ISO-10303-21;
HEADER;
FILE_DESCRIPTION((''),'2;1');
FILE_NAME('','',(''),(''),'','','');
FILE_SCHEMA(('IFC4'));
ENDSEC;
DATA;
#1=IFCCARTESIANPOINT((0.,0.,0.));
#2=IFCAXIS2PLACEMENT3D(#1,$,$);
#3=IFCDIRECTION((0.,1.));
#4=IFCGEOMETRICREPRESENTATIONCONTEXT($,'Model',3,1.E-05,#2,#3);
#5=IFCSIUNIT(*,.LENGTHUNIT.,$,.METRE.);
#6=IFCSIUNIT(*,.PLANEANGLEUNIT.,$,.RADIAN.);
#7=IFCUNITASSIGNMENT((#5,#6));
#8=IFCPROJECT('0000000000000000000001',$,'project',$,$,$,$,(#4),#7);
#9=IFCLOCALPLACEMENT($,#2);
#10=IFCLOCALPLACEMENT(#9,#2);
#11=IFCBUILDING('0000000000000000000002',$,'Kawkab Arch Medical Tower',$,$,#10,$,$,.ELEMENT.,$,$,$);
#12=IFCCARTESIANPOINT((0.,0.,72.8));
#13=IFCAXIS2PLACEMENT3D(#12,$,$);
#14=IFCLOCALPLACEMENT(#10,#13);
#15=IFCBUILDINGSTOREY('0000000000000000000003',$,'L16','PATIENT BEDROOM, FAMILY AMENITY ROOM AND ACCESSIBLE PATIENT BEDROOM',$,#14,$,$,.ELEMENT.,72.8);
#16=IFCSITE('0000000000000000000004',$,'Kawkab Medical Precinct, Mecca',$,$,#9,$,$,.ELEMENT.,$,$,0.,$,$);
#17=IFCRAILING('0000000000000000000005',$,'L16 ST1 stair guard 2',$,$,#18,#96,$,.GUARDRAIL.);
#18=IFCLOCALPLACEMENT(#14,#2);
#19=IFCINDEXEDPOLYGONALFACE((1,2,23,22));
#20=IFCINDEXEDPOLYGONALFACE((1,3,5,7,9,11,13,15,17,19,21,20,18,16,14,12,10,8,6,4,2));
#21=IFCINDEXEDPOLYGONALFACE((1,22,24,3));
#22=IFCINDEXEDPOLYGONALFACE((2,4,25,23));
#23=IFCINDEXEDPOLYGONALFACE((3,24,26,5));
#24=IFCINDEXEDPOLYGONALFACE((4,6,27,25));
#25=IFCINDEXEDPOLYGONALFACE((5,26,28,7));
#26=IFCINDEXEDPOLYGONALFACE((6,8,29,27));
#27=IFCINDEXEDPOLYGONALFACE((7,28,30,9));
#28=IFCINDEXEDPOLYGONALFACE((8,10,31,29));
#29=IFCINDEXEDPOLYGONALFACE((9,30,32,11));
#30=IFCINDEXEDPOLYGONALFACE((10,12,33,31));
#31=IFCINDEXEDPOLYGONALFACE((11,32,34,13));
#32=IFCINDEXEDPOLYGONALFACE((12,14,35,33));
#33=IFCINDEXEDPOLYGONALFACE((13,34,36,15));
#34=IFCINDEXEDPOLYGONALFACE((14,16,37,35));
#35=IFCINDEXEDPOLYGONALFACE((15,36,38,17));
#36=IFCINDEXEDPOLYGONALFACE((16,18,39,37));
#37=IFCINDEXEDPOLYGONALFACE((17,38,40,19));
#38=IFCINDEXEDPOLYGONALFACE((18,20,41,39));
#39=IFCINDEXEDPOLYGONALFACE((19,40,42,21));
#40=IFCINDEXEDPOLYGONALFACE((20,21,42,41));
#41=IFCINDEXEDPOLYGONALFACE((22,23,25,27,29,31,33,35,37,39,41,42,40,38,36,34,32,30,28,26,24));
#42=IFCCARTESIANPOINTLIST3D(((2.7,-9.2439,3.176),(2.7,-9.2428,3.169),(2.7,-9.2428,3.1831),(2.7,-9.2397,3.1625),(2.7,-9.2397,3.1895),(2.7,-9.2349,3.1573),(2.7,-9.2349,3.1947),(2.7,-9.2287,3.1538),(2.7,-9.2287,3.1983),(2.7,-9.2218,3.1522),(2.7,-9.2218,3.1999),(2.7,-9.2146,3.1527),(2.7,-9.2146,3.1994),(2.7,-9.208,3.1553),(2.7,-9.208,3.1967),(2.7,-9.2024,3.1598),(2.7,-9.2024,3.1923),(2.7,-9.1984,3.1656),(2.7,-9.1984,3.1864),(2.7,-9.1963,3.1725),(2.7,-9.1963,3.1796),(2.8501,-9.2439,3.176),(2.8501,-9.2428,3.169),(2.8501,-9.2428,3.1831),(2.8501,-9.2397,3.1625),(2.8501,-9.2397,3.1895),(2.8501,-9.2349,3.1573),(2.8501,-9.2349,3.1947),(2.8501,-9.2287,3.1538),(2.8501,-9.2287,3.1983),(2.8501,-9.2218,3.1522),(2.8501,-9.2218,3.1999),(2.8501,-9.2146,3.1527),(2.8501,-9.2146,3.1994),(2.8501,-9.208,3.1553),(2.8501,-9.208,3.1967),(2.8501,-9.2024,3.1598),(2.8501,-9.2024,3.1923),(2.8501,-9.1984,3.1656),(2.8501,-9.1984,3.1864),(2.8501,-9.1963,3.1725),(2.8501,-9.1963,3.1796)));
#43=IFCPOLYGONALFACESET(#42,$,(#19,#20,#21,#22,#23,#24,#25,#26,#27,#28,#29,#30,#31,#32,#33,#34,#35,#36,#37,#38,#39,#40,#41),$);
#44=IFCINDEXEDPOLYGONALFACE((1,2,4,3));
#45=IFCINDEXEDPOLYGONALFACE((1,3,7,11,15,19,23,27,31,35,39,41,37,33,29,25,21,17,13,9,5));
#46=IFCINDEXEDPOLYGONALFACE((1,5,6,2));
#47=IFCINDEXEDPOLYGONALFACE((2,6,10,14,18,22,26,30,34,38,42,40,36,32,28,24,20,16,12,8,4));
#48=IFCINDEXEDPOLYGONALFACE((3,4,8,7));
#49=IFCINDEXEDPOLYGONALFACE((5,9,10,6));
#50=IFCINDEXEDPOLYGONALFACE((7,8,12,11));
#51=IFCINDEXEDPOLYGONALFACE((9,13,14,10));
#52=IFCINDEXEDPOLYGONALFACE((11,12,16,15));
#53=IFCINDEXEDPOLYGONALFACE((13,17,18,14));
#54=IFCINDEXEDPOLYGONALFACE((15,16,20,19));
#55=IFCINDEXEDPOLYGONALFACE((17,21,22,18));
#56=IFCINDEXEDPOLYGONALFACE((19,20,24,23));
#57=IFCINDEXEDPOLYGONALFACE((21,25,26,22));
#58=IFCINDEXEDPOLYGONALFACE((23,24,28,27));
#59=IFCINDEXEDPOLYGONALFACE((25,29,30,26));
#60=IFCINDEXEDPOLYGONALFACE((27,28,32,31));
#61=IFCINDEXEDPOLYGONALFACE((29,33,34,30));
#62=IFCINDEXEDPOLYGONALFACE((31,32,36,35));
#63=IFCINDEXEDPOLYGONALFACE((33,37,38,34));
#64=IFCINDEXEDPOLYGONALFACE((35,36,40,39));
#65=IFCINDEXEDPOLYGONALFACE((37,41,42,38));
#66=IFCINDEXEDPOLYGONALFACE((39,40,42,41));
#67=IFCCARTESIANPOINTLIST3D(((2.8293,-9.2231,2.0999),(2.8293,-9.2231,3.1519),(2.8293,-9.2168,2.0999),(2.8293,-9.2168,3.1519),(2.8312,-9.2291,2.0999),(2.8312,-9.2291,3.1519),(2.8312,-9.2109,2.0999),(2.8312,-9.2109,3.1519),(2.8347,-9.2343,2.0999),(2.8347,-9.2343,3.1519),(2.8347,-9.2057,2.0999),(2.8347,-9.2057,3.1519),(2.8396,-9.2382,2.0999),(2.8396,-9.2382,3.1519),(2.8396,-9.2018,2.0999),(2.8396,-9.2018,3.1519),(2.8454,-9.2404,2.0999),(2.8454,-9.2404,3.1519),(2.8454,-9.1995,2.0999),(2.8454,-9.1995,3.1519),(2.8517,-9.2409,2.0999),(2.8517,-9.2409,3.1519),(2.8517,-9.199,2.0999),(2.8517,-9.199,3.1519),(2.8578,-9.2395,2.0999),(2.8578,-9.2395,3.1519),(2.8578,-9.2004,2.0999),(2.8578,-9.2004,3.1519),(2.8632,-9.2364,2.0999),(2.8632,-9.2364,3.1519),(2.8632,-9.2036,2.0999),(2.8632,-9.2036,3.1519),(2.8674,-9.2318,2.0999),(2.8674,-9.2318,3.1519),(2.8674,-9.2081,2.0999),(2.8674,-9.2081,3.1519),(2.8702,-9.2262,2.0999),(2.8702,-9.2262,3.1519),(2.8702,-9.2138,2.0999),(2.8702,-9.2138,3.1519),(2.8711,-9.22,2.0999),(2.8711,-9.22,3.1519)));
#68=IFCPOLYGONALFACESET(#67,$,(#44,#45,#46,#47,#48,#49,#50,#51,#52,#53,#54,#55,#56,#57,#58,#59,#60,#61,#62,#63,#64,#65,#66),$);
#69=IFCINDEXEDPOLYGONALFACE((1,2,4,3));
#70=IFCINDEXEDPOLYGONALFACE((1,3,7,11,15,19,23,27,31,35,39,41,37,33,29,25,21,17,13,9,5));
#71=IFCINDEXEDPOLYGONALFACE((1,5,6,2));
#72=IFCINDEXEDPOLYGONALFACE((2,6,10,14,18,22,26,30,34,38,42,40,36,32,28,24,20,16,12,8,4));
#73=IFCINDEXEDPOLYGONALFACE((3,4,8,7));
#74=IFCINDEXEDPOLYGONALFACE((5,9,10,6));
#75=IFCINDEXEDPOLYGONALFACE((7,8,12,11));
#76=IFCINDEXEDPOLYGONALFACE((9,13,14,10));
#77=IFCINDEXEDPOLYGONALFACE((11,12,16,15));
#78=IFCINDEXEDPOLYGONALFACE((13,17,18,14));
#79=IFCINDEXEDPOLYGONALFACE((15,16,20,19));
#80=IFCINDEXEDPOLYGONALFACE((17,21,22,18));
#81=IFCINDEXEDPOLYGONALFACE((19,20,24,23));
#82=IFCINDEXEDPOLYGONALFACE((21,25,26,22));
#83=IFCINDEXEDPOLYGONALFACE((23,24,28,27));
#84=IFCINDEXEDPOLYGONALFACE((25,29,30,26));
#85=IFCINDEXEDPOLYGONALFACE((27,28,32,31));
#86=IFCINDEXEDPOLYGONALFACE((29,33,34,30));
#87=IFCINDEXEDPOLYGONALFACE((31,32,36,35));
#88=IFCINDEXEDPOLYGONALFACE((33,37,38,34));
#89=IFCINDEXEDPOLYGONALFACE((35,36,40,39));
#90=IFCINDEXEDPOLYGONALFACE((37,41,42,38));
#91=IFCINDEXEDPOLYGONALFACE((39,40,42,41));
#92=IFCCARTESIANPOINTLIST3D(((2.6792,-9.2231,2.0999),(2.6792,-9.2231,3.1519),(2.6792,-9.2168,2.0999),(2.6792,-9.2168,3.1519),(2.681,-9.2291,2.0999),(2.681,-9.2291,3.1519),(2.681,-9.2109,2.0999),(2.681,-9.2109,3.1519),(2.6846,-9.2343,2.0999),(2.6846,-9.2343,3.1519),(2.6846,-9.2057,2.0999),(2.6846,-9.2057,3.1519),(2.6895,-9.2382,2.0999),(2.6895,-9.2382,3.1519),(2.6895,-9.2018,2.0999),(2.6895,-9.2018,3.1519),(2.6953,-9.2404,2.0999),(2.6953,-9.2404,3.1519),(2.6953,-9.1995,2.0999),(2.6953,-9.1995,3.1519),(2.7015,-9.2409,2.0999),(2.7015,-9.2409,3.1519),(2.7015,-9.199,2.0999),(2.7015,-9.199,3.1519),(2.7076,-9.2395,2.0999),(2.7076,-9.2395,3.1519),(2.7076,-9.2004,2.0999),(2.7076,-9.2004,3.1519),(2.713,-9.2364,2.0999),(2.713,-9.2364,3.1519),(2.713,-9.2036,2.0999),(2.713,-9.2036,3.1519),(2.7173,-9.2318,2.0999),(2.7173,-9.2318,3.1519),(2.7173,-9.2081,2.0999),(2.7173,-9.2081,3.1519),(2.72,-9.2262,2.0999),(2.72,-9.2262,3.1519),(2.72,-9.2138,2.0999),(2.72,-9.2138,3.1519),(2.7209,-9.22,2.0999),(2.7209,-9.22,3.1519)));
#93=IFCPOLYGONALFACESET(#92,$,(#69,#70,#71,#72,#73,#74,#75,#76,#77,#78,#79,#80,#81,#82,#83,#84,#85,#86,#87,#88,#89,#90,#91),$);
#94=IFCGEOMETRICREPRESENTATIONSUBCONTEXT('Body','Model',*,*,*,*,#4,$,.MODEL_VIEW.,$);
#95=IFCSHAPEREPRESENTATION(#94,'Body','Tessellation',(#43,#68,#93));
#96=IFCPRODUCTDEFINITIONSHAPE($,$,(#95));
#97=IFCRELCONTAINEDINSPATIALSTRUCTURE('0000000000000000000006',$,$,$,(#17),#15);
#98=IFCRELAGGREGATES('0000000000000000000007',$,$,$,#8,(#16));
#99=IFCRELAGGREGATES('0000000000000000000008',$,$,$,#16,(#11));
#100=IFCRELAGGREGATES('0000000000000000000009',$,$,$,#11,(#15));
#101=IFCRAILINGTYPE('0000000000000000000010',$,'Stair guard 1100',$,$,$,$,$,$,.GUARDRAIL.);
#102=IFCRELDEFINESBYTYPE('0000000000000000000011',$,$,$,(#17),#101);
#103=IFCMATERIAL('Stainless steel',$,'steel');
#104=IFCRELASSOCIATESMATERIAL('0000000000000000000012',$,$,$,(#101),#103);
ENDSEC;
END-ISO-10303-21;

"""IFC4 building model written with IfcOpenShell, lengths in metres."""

from ifc_helpers import new_model, si_unit, direction, frame, origin, origin_2d, place, context, subcontext, project, spatial, circle, extrude, material, type_object, element, save


model = new_model("IFC4")

# Units and contexts
model_context = context("Model", 3, precision=1e-05, world=origin(), true_north=direction((0.0, 1.0)))
body_context = subcontext(model_context, "Body", "Model", "MODEL_VIEW")
ifc_project = project(units=[si_unit("LENGTHUNIT", "METRE"), si_unit("PLANEANGLEUNIT", "RADIAN")], contexts=[model_context])

# Site, building, storey
site_placement = place(None, origin())
site = spatial("IfcSite", under=ifc_project, at=site_placement, Name="Kawkab Medical Precinct, Mecca", CompositionType="ELEMENT", RefElevation=0.0)
building_placement = place(site_placement, origin())
building = spatial("IfcBuilding", under=site, at=building_placement, Name="Kawkab Arch Medical Tower", CompositionType="ELEMENT")
storey_placement = place(building_placement, frame((0.0, 0.0, 72.8)))
storey = spatial("IfcBuildingStorey", under=building, at=storey_placement, Name="L16", Description="PATIENT BEDROOM, FAMILY AMENITY ROOM AND ACCESSIBLE PATIENT BEDROOM", CompositionType="ELEMENT", Elevation=72.8)

# Railing
ifc_material_1 = material(Name="Stainless steel", Category="steel")
railing_type_1 = type_object("IfcRailingType", Name="Stair guard 1100", PredefinedType="GUARDRAIL", material=ifc_material_1)
railing_1_placement = place(storey_placement, frame((2.8501, -9.22, 2.0999)))
element("IfcRailing", 1, at=railing_1_placement, inside=storey, type_object=railing_type_1, Name="L16 ST1 stair guard 2", PredefinedType="GUARDRAIL", context=body_context, shape_type="SweptSolid", body=[
    extrude(circle(Radius=0.0239, at=origin_2d()), frame((0.0, 0.0, 1.0762), z_axis=(-1.0, 0.0, 0.0), x_axis=(0.0, -1.0, 0.0)), (0.0, 0.0, 1.0), 0.1501),
    extrude(circle(Radius=0.021, at=origin_2d()), origin(), (0.0, 0.0, 1.0), 1.052),
    extrude(circle(Radius=0.021, at=origin_2d()), frame((-0.1501, 0.0, 0.0)), (0.0, 0.0, 1.0), 1.052),
])

save(model, "model.ifc")
